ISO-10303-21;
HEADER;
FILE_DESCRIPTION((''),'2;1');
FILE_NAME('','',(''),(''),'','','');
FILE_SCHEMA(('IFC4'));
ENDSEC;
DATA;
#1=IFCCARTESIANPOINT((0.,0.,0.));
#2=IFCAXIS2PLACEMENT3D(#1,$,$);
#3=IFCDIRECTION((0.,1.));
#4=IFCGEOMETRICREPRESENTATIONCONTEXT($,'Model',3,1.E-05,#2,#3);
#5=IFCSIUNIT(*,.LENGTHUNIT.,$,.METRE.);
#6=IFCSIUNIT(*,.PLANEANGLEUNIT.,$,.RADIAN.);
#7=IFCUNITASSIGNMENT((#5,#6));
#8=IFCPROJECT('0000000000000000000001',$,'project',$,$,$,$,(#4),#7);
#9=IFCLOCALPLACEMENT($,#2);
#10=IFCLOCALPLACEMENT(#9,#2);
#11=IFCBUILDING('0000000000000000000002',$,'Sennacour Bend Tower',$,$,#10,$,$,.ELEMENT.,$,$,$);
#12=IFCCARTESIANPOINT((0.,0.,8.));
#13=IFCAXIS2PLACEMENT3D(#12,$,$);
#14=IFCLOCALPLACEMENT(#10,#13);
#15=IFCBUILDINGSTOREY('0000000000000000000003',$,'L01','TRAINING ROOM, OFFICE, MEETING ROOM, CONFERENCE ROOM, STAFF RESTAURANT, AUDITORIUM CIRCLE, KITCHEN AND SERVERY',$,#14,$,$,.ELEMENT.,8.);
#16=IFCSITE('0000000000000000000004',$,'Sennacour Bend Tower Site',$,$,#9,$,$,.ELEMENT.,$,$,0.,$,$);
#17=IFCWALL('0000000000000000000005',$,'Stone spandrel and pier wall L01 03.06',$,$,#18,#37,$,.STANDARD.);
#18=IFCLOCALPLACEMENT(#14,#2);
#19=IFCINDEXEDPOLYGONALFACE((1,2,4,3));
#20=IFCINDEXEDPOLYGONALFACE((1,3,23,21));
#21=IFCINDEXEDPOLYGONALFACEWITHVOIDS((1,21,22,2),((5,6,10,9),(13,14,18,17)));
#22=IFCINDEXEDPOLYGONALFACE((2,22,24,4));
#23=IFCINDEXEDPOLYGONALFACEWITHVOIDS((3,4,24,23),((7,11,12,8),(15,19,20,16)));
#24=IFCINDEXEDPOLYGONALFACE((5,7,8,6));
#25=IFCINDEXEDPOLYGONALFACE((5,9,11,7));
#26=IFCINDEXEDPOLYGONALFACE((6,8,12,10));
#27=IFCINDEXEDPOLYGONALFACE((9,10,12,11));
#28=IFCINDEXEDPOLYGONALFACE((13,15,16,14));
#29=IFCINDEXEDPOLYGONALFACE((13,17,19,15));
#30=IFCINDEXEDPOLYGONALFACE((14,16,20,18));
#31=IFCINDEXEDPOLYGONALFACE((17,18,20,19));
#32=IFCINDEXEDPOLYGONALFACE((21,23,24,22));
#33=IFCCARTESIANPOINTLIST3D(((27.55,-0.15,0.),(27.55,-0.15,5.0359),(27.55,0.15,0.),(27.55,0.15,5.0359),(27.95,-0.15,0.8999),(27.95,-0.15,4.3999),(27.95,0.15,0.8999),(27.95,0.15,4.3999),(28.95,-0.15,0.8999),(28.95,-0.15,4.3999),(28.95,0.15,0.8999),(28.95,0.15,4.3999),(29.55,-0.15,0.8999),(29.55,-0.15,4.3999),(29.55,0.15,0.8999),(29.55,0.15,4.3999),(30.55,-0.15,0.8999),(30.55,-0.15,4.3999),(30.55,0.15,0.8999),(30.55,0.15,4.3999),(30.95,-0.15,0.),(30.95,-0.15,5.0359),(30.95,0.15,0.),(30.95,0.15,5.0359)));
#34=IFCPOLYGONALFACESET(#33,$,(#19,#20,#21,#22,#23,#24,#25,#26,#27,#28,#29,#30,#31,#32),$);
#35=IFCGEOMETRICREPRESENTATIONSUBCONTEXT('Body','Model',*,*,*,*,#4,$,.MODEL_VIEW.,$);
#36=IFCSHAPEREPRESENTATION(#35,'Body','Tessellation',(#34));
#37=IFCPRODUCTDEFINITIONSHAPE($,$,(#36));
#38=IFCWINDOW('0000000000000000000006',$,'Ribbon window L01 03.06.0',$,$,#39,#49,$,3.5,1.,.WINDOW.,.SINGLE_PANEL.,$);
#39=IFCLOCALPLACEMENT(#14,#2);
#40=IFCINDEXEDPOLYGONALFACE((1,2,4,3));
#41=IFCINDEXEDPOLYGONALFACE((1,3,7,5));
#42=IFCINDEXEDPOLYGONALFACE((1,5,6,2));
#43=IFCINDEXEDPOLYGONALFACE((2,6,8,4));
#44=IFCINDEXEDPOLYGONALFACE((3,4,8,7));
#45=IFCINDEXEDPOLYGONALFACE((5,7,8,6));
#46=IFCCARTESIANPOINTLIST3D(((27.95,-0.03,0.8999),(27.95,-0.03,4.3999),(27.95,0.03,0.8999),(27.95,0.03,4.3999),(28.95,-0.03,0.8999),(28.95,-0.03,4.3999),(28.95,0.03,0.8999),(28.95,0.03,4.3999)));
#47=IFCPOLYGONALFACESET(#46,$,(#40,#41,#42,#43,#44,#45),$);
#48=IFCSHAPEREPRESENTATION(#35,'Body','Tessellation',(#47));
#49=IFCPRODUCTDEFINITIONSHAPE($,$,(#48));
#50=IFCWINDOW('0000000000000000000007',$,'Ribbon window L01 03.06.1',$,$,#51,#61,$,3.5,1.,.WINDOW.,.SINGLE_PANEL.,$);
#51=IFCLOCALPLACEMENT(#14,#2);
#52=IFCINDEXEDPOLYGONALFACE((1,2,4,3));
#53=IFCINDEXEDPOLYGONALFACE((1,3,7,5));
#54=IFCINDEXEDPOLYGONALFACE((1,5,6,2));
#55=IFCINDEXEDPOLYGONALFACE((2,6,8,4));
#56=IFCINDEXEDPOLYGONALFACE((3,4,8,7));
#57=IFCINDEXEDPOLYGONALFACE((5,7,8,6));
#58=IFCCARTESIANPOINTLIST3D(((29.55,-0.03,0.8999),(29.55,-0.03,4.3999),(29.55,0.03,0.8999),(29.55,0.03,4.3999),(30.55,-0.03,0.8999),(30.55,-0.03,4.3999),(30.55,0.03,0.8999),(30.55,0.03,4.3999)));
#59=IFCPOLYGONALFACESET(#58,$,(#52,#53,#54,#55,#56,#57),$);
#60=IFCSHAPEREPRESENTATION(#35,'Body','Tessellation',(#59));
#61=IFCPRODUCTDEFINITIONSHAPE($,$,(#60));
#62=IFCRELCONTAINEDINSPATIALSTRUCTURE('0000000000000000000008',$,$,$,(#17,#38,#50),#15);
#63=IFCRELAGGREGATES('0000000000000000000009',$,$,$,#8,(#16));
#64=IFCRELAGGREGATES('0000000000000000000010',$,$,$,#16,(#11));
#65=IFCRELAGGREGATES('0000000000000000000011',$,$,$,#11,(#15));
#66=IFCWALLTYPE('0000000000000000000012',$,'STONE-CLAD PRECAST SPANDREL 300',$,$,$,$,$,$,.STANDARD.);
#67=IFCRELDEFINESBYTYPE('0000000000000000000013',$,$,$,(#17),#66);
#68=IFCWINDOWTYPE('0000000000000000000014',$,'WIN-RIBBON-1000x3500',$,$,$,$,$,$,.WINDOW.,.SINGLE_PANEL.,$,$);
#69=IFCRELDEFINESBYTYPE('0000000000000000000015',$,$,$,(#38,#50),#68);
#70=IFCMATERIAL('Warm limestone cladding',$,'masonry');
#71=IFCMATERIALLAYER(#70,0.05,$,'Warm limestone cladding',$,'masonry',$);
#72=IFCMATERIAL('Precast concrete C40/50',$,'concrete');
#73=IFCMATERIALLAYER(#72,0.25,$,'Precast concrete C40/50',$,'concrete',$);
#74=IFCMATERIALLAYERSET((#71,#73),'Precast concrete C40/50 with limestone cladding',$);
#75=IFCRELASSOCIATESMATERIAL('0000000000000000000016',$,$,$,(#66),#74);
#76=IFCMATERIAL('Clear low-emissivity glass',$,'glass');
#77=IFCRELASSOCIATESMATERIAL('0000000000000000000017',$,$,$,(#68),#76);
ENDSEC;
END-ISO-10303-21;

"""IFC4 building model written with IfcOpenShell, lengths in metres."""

from ifc_helpers import new_model, si_unit, direction, frame, frame_2d, origin, place, context, subcontext, project, spatial, rectangle, extrude, material, layer, layer_set, type_object, element, fill, save


model = new_model("IFC4")

# Units and contexts
model_context = context("Model", 3, precision=1e-05, world=origin(), true_north=direction((0.0, 1.0)))
body_context = subcontext(model_context, "Body", "Model", "MODEL_VIEW")
ifc_project = project(units=[si_unit("LENGTHUNIT", "METRE"), si_unit("PLANEANGLEUNIT", "RADIAN")], contexts=[model_context])

# Site, building, storey
site_placement = place(None, origin())
site = spatial("IfcSite", under=ifc_project, at=site_placement, Name="Sennacour Bend Tower Site", CompositionType="ELEMENT", RefElevation=0.0)
building_placement = place(site_placement, origin())
building = spatial("IfcBuilding", under=site, at=building_placement, Name="Sennacour Bend Tower", CompositionType="ELEMENT")
storey_placement = place(building_placement, frame((0.0, 0.0, 8.0)))
storey = spatial("IfcBuildingStorey", under=building, at=storey_placement, Name="L01", Description="TRAINING ROOM, OFFICE, MEETING ROOM, CONFERENCE ROOM, STAFF RESTAURANT, AUDITORIUM CIRCLE, KITCHEN AND SERVERY", CompositionType="ELEMENT", Elevation=8.0)

# Wall, openings, windows
ifc_material_1 = material(Name="Warm limestone cladding", Category="masonry")
ifc_layer_1 = layer(ifc_material_1, 0.05, Name="Warm limestone cladding", Category="masonry")
ifc_material_2 = material(Name="Precast concrete C40/50", Category="concrete")
ifc_layer_2 = layer(ifc_material_2, 0.25, Name="Precast concrete C40/50", Category="concrete")
ifc_layer_set_1 = layer_set([ifc_layer_1, ifc_layer_2], Name="Precast concrete C40/50 with limestone cladding")
wall_type_1 = type_object("IfcWallType", Name="STONE-CLAD PRECAST SPANDREL 300", PredefinedType="STANDARD", material=ifc_layer_set_1)
ifc_material_3 = material(Name="Clear low-emissivity glass", Category="glass")
window_type = type_object("IfcWindowType", Name="WIN-RIBBON-1000x3500", PartitioningType="SINGLE_PANEL", PredefinedType="WINDOW", material=ifc_material_3)
wall_1_placement = place(storey_placement, frame((27.55, 0.0, 0.0), z_axis=(0.0, 0.0, 1.0), x_axis=(1.0, 0.0, 0.0)))
wall_1 = element("IfcWall", 1, at=wall_1_placement, inside=storey, type_object=wall_type_1, Name="Stone spandrel and pier wall L01 03.06", PredefinedType="STANDARD", context=body_context, shape_type="SweptSolid", body=[
    extrude(rectangle(XDim=3.3999, YDim=0.3, at=frame_2d((1.7, 0.0))), origin(), (0.0, 0.0, 1.0), 5.0359),
])
opening_1_placement = place(wall_1_placement, frame((0.3999, 0.0, 0.8999)))
opening_1 = element("IfcOpeningElement", 2, at=opening_1_placement, cuts=wall_1, PredefinedType="OPENING", context=body_context, shape_type="SweptSolid", body=[
    extrude(rectangle(XDim=1.0, YDim=3.5, at=frame_2d((0.5, 1.75))), frame((0.0, 0.1602, 0.0), z_axis=(0.0, -1.0, 0.0), x_axis=(1.0, 0.0, 0.0)), (0.0, 0.0, 1.0), 0.3201),
])
opening_2_placement = place(wall_1_placement, frame((2.0, 0.0, 0.8999)))
opening_2 = element("IfcOpeningElement", 3, at=opening_2_placement, cuts=wall_1, PredefinedType="OPENING", context=body_context, shape_type="SweptSolid", body=[
    extrude(rectangle(XDim=1.0, YDim=3.5, at=frame_2d((0.5, 1.75))), frame((0.0, 0.1602, 0.0), z_axis=(0.0, -1.0, 0.0), x_axis=(1.0, 0.0, 0.0)), (0.0, 0.0, 1.0), 0.3201),
])
window_1_placement = place(opening_1_placement, origin())
window_1 = element("IfcWindow", 4, at=window_1_placement, inside=storey, type_object=window_type, Name="Ribbon window L01 03.06.0", OverallHeight=3.5, OverallWidth=1.0, PartitioningType="SINGLE_PANEL", PredefinedType="WINDOW", context=body_context, shape_type="SweptSolid", body=[
    extrude(rectangle(XDim=1.0, YDim=3.5, at=frame_2d((0.5, 1.75))), frame((0.0, 0.03, 0.0), z_axis=(0.0, -1.0, 0.0), x_axis=(1.0, 0.0, 0.0)), (0.0, 0.0, 1.0), 0.0601),
])
fill(opening_1, window_1)
window_2_placement = place(opening_2_placement, origin())
window_2 = element("IfcWindow", 5, at=window_2_placement, inside=storey, type_object=window_type, Name="Ribbon window L01 03.06.1", OverallHeight=3.5, OverallWidth=1.0, PartitioningType="SINGLE_PANEL", PredefinedType="WINDOW", context=body_context, shape_type="SweptSolid", body=[
    extrude(rectangle(XDim=1.0, YDim=3.5, at=frame_2d((0.5, 1.75))), frame((0.0, 0.03, 0.0), z_axis=(0.0, -1.0, 0.0), x_axis=(1.0, 0.0, 0.0)), (0.0, 0.0, 1.0), 0.0601),
])
fill(opening_2, window_2)

save(model, "model.ifc")
